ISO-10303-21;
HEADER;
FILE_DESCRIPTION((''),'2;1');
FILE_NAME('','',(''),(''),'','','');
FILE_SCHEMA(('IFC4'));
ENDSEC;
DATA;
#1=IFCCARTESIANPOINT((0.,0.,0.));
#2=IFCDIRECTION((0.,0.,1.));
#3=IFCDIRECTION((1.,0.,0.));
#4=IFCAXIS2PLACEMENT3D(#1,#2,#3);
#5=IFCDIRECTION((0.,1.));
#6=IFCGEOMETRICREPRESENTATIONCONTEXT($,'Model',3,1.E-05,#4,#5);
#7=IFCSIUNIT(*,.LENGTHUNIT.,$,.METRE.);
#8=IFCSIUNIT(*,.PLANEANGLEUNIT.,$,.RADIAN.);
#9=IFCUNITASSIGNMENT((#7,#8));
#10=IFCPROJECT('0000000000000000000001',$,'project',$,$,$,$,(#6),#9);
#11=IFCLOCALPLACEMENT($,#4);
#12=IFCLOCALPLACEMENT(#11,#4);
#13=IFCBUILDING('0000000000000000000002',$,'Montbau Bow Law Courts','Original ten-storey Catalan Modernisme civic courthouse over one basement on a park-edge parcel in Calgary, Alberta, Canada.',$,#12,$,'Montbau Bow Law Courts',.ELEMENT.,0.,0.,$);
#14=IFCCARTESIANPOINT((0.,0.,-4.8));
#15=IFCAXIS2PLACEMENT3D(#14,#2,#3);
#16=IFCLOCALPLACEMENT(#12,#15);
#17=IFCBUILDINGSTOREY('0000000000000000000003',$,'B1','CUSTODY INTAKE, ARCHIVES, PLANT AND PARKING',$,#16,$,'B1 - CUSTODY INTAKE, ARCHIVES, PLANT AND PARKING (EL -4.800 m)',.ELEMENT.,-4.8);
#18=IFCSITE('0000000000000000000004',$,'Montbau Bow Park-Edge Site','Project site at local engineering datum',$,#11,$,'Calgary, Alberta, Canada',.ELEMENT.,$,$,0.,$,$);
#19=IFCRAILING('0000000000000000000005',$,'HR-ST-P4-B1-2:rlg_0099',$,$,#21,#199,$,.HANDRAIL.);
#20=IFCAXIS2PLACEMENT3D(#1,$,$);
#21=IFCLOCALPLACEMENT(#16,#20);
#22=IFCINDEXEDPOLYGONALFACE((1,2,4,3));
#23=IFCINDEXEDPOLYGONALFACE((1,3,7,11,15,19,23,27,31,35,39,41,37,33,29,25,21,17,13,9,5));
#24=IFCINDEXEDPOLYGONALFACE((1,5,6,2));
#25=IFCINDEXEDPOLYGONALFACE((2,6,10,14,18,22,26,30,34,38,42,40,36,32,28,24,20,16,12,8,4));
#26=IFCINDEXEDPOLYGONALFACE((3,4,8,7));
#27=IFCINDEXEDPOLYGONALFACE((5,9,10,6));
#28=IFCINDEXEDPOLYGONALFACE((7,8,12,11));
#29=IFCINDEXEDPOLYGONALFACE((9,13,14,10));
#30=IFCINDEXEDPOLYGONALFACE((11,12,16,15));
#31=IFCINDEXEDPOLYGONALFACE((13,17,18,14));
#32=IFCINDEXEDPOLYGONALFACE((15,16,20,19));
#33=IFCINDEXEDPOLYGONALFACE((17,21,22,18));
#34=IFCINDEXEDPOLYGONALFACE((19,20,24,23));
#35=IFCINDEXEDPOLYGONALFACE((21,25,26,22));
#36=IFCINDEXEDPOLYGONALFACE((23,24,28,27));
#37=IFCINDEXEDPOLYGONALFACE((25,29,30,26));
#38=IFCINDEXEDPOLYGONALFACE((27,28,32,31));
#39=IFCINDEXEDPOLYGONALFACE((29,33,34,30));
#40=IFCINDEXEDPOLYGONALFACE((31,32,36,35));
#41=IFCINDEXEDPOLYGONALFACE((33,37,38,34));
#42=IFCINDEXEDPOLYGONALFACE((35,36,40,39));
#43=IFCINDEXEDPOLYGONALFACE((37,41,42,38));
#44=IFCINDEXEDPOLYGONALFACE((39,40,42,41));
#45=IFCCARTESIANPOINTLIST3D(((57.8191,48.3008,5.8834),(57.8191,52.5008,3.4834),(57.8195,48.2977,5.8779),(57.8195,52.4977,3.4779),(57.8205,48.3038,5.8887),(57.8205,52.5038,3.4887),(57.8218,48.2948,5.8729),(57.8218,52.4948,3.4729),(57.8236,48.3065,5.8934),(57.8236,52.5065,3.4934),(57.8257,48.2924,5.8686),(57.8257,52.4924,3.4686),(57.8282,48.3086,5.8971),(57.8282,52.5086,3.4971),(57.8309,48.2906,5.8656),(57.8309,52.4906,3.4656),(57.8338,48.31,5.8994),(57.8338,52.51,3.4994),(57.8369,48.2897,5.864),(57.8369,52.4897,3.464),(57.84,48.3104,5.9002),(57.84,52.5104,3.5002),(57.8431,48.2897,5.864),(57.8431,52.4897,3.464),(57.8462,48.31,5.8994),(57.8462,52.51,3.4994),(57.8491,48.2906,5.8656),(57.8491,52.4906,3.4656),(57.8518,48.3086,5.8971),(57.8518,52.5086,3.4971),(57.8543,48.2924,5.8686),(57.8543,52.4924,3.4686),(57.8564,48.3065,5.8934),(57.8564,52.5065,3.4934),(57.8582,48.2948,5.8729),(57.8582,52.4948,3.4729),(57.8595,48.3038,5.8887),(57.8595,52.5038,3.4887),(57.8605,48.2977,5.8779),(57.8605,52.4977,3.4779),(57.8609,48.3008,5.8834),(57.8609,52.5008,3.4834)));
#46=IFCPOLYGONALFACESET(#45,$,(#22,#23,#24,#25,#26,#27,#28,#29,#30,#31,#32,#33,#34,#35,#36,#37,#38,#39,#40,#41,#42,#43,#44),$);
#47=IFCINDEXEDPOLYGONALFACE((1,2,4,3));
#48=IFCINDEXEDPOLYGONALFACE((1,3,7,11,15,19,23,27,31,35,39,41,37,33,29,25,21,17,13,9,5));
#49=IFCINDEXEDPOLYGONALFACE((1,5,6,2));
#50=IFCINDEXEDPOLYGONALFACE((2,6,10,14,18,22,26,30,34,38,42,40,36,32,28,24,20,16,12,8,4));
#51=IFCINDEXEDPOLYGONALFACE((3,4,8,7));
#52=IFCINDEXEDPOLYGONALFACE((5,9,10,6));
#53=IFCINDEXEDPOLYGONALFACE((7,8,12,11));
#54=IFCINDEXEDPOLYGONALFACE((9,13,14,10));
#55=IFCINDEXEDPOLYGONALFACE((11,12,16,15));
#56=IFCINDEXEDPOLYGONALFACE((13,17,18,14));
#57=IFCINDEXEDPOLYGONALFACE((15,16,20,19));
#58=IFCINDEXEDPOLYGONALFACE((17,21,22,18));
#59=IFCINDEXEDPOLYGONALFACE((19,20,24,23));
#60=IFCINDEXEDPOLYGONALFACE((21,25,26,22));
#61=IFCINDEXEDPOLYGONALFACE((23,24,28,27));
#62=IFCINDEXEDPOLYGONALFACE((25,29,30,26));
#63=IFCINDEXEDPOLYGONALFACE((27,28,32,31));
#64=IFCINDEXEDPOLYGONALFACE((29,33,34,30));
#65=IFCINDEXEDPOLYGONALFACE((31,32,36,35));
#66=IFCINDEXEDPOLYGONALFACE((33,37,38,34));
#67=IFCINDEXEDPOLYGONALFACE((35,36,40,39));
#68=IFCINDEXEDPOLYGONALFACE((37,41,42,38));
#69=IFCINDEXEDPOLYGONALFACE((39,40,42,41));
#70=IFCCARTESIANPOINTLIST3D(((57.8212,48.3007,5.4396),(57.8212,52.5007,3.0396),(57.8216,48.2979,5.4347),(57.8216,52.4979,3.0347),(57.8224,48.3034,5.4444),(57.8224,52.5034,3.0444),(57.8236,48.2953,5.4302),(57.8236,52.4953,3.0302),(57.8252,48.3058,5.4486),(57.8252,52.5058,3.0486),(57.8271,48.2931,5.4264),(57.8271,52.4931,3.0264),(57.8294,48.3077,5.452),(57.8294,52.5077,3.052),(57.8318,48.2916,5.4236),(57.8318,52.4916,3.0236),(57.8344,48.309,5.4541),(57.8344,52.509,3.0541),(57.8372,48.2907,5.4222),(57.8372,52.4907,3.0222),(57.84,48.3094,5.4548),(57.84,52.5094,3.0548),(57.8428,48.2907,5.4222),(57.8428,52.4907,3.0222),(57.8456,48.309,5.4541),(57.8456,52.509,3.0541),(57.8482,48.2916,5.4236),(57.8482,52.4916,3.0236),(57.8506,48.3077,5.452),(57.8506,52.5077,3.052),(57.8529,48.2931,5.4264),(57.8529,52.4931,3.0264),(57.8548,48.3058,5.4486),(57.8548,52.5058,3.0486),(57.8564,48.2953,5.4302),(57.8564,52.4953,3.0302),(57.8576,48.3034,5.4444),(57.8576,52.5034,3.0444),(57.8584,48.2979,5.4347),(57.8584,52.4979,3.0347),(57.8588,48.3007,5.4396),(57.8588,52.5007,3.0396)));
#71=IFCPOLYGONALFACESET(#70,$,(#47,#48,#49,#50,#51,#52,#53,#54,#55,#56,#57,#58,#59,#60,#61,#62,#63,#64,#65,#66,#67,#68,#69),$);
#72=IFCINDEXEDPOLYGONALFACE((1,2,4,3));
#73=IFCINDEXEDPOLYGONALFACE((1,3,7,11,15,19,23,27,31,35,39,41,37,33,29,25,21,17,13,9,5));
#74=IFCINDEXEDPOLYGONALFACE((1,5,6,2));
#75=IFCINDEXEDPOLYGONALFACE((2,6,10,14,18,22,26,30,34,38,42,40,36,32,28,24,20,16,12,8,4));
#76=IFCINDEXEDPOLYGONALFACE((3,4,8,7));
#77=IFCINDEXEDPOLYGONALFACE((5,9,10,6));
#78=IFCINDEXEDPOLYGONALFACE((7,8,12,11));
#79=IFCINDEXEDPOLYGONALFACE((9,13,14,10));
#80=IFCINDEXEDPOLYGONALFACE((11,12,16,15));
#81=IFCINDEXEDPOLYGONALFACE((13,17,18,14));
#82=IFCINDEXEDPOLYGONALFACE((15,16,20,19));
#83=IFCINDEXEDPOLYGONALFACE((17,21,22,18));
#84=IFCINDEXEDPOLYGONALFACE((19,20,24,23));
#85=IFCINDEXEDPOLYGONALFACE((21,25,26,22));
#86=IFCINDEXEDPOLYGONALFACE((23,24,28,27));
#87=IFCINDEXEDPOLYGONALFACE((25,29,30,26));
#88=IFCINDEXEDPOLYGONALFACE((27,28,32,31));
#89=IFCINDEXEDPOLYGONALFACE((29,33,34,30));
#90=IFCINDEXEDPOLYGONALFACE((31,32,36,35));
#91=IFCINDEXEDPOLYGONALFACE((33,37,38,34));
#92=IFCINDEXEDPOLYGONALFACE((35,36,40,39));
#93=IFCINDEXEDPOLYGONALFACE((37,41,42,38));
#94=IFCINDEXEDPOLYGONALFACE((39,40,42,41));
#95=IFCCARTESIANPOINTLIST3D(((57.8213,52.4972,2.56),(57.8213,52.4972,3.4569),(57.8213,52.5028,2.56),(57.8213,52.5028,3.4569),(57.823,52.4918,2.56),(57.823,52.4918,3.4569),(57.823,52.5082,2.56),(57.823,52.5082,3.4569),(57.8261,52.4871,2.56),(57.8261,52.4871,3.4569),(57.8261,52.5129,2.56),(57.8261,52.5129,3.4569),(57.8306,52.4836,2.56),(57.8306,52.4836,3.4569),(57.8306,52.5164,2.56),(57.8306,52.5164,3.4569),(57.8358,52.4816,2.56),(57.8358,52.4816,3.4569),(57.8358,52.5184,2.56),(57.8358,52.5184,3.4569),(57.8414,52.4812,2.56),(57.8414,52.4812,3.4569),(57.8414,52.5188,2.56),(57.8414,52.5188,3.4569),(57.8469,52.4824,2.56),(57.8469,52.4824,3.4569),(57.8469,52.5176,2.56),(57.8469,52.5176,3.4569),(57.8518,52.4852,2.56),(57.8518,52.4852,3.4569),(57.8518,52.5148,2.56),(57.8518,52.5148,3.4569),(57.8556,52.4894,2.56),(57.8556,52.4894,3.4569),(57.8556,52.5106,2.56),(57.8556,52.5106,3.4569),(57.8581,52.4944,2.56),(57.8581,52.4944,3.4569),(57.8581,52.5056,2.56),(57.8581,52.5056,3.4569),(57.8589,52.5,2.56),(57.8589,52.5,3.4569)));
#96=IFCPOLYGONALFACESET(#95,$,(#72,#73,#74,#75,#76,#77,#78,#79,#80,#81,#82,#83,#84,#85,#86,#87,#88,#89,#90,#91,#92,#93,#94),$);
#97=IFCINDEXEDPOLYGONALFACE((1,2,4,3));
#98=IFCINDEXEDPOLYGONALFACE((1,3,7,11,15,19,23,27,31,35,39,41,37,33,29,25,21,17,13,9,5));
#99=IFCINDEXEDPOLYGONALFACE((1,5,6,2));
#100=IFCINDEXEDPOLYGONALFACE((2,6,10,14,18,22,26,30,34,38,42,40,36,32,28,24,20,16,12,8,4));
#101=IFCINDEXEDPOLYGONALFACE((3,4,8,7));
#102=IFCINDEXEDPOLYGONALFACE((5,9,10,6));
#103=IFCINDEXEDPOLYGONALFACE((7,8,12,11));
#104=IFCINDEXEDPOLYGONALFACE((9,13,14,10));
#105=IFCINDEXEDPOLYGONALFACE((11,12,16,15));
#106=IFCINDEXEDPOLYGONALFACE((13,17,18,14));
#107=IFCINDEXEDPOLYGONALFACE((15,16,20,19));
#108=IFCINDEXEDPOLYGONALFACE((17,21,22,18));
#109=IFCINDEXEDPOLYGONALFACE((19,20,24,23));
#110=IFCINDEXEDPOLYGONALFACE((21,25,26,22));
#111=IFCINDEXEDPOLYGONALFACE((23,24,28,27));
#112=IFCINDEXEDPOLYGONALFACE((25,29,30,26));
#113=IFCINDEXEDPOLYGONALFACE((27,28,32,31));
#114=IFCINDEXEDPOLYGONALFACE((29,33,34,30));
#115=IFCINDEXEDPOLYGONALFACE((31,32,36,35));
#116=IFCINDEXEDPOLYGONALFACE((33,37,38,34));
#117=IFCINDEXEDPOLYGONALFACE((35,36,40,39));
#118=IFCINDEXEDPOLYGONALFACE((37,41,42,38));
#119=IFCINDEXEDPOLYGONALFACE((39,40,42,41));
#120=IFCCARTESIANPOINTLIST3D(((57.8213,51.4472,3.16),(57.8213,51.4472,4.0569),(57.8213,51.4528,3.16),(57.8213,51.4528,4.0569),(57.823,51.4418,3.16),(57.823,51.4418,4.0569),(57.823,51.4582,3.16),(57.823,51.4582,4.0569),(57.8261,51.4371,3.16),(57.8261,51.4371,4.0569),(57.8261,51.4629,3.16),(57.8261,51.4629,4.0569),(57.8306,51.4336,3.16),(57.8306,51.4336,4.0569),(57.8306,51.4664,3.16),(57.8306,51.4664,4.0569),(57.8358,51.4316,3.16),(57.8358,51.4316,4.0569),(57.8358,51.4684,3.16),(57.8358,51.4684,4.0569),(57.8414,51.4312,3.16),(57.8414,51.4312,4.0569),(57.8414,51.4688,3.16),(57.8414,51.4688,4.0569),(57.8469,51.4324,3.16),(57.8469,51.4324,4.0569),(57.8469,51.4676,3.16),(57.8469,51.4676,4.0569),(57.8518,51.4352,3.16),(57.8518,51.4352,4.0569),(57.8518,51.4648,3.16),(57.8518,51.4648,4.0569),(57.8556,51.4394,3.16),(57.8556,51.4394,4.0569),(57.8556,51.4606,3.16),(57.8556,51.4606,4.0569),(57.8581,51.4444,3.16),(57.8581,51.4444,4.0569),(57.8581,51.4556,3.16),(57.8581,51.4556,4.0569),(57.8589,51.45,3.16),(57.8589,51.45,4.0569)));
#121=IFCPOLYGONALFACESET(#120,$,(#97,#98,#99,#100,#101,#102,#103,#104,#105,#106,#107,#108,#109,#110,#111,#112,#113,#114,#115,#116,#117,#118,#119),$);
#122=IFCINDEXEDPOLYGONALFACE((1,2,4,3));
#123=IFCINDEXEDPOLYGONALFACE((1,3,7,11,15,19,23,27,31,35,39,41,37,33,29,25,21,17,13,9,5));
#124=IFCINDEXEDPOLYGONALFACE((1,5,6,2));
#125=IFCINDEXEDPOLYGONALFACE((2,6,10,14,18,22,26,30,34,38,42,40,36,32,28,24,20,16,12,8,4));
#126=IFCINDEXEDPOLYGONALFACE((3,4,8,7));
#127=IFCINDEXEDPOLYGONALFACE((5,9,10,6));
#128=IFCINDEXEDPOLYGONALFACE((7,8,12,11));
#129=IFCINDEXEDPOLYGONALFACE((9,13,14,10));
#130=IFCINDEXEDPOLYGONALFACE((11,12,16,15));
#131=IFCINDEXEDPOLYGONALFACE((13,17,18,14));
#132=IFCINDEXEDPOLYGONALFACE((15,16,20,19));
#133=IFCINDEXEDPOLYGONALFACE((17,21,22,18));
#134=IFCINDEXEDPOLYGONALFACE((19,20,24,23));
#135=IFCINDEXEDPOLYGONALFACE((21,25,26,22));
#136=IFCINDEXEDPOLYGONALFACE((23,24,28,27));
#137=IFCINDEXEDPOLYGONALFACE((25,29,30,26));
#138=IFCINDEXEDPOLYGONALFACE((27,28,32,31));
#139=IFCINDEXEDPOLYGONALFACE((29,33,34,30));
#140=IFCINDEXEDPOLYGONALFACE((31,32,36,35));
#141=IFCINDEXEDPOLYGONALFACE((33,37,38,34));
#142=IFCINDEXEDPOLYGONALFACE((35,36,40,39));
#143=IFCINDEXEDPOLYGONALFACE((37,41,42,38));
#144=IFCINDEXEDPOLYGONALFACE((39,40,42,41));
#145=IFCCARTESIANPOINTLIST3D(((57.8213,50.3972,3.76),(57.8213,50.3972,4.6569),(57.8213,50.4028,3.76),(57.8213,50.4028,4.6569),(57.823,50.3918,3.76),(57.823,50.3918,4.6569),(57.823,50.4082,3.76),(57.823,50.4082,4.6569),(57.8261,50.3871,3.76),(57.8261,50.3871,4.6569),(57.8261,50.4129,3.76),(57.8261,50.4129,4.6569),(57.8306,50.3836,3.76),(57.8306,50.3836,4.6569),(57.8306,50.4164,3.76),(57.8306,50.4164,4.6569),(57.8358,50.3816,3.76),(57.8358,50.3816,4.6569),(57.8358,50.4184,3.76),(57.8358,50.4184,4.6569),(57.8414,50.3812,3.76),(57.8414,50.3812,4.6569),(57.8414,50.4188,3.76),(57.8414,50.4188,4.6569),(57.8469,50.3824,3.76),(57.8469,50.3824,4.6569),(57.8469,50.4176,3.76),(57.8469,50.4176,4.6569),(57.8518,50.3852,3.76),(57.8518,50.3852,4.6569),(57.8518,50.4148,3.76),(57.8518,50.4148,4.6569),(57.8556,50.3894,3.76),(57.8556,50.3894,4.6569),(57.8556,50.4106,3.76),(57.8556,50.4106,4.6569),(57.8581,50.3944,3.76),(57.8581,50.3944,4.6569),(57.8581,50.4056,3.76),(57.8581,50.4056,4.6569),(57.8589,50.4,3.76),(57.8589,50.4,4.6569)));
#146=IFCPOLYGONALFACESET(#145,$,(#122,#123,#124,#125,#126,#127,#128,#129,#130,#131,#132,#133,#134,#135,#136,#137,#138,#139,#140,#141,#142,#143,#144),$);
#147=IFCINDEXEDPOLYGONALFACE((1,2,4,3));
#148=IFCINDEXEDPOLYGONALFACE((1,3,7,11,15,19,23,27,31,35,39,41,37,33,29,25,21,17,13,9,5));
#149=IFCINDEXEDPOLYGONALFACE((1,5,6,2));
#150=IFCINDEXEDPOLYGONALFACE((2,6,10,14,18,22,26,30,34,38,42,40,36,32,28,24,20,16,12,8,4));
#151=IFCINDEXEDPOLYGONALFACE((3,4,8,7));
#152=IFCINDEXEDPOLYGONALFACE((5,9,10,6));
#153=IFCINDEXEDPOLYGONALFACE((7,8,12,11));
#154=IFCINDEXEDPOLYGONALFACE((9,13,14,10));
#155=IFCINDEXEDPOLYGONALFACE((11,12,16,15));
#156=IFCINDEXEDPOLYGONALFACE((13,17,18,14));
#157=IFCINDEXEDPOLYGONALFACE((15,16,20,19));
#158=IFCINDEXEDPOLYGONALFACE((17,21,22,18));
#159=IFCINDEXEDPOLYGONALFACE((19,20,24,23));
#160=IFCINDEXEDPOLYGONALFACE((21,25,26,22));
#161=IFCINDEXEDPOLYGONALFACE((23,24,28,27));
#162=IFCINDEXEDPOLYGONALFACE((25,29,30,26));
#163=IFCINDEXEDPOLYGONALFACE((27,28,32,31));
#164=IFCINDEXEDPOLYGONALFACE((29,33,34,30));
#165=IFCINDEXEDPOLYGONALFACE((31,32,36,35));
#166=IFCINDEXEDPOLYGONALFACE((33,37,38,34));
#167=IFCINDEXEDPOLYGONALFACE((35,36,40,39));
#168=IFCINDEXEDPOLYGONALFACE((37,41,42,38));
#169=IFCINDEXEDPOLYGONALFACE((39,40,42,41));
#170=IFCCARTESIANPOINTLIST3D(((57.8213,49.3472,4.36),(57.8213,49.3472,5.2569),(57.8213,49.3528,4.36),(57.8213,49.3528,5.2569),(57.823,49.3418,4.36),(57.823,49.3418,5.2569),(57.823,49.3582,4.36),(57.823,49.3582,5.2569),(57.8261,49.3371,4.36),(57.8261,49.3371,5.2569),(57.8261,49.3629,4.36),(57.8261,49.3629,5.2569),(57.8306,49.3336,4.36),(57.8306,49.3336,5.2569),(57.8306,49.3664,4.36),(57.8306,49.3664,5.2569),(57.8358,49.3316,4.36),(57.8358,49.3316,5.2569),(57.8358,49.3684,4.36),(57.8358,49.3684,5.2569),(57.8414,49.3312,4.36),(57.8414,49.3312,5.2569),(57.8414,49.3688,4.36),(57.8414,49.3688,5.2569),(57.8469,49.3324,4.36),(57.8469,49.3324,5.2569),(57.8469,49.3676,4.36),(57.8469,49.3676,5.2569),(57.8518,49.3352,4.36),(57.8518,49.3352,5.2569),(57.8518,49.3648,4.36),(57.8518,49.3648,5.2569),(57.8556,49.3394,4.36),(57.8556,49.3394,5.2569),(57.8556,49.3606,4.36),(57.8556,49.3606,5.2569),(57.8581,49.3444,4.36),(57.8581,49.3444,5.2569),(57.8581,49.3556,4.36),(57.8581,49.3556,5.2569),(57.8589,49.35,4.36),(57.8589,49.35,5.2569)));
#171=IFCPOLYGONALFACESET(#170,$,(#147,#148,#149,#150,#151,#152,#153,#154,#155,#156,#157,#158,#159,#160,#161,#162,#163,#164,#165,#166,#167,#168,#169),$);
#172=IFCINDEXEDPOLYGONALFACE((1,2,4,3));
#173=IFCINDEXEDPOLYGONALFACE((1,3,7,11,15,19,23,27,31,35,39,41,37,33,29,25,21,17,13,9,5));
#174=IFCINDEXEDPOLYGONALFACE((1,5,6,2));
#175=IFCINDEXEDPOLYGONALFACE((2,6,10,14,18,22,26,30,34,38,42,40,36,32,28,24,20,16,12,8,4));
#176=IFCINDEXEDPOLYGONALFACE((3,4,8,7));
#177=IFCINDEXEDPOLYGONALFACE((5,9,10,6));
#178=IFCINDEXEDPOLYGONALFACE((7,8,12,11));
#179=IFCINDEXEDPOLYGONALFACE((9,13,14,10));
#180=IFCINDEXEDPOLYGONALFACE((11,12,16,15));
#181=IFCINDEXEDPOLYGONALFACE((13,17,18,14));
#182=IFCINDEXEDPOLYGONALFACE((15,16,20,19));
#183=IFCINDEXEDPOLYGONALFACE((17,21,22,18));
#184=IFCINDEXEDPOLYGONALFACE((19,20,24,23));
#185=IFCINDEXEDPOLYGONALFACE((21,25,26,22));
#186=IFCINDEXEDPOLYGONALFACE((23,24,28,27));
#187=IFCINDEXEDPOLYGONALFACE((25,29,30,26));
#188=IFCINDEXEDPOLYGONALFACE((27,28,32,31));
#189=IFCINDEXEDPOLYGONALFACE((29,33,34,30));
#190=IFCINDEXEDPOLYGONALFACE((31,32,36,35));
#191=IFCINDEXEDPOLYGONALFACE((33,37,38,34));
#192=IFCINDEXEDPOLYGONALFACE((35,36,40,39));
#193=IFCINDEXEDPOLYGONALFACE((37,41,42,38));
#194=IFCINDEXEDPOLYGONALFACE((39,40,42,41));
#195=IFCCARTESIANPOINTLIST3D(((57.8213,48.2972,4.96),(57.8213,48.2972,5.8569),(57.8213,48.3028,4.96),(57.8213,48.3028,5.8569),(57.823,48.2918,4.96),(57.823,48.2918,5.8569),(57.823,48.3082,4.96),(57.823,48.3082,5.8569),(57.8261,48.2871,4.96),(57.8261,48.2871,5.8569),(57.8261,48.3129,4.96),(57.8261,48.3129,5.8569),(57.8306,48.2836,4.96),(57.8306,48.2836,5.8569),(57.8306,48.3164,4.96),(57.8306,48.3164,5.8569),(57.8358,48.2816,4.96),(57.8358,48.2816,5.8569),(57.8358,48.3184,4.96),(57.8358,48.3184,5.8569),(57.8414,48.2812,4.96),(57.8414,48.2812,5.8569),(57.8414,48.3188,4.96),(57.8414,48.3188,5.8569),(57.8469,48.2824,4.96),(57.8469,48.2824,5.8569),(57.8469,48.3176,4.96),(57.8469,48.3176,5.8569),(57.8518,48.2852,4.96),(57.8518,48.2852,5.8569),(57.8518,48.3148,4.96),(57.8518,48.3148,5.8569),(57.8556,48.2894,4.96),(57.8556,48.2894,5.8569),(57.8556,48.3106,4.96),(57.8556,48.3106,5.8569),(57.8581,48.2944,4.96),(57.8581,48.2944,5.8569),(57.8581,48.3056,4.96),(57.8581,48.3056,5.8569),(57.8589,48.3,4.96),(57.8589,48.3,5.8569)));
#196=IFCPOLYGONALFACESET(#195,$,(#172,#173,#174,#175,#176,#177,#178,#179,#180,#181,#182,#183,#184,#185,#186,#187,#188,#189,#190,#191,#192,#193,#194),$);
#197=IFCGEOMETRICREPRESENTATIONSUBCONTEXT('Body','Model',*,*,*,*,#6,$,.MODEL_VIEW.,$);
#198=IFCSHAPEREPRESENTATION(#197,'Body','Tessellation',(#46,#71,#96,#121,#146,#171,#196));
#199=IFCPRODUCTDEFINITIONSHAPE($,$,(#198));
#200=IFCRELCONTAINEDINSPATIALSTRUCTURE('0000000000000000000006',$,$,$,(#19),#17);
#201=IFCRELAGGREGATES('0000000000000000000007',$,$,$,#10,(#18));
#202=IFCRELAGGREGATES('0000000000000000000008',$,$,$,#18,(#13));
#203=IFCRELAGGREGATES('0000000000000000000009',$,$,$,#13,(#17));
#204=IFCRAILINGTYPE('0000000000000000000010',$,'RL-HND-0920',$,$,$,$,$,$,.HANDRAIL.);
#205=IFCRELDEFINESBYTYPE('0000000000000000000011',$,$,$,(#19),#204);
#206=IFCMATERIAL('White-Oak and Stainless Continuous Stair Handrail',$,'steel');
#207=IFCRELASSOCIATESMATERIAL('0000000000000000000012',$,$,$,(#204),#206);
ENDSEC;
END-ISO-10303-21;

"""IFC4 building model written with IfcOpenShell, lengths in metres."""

from ifc_helpers import new_model, si_unit, direction, frame, origin_with_axes, origin_2d_with_axis, place, context, subcontext, project, spatial, circle, extrude, material, type_object, element, save


model = new_model("IFC4")

# Units and contexts
model_context = context("Model", 3, precision=1e-05, world=origin_with_axes(), true_north=direction((0.0, 1.0)))
body_context = subcontext(model_context, "Body", "Model", "MODEL_VIEW")
ifc_project = project(units=[si_unit("LENGTHUNIT", "METRE"), si_unit("PLANEANGLEUNIT", "RADIAN")], contexts=[model_context])

# Site, building, storey
site_placement = place(None, origin_with_axes())
site = spatial("IfcSite", under=ifc_project, at=site_placement, Name="Montbau Bow Park-Edge Site", Description="Project site at local engineering datum", LongName="Calgary, Alberta, Canada", CompositionType="ELEMENT", RefElevation=0.0)
building_placement = place(site_placement, origin_with_axes())
building = spatial("IfcBuilding", under=site, at=building_placement, Name="Montbau Bow Law Courts", Description="Original ten-storey Catalan Modernisme civic courthouse over one basement on a park-edge parcel in Calgary, Alberta, Canada.", LongName="Montbau Bow Law Courts", CompositionType="ELEMENT", ElevationOfRefHeight=0.0, ElevationOfTerrain=0.0)
storey_placement = place(building_placement, frame((0.0, 0.0, -4.8), z_axis=(0.0, 0.0, 1.0), x_axis=(1.0, 0.0, 0.0)))
storey = spatial("IfcBuildingStorey", under=building, at=storey_placement, Name="B1", Description="CUSTODY INTAKE, ARCHIVES, PLANT AND PARKING", LongName="B1 - CUSTODY INTAKE, ARCHIVES, PLANT AND PARKING (EL -4.800 m)", CompositionType="ELEMENT", Elevation=-4.8)

# Railing
ifc_material_1 = material(Name="White-Oak and Stainless Continuous Stair Handrail", Category="steel")
railing_type_1 = type_object("IfcRailingType", Name="RL-HND-0920", PredefinedType="HANDRAIL", material=ifc_material_1)
railing_1_placement = place(None, origin_with_axes())
element("IfcRailing", 1, at=railing_1_placement, inside=storey, type_object=railing_type_1, Name="HR-ST-P4-B1-2:rlg_0099", PredefinedType="HANDRAIL", context=body_context, shape_type="SweptSolid", body=[
    extrude(circle(Radius=0.021, at=origin_2d_with_axis()), frame((57.84, 52.5, -1.318), z_axis=(0.0, -0.868243, 0.496139), x_axis=(0.0, 0.496139, 0.868243)), (0.0, 0.0, 1.0), 4.8374),
    extrude(circle(Radius=0.0189, at=origin_2d_with_axis()), frame((57.84, 52.5, -1.7616), z_axis=(0.0, -0.868243, 0.496139), x_axis=(0.0, 0.496139, 0.868243)), (0.0, 0.0, 1.0), 4.8374),
    extrude(circle(Radius=0.0189, at=origin_2d_with_axis()), frame((57.84, 52.5, -2.24), z_axis=(0.0, 0.0, 1.0), x_axis=(1.0, 0.0, 0.0)), (0.0, 0.0, 1.0), 0.8969),
    extrude(circle(Radius=0.0189, at=origin_2d_with_axis()), frame((57.84, 51.45, -1.64), z_axis=(0.0, 0.0, 1.0), x_axis=(1.0, 0.0, 0.0)), (0.0, 0.0, 1.0), 0.8969),
    extrude(circle(Radius=0.0189, at=origin_2d_with_axis()), frame((57.84, 50.4, -1.04), z_axis=(0.0, 0.0, 1.0), x_axis=(1.0, 0.0, 0.0)), (0.0, 0.0, 1.0), 0.8969),
    extrude(circle(Radius=0.0189, at=origin_2d_with_axis()), frame((57.84, 49.35, -0.44), z_axis=(0.0, 0.0, 1.0), x_axis=(1.0, 0.0, 0.0)), (0.0, 0.0, 1.0), 0.8969),
    extrude(circle(Radius=0.0189, at=origin_2d_with_axis()), frame((57.84, 48.3, 0.16), z_axis=(0.0, 0.0, 1.0), x_axis=(1.0, 0.0, 0.0)), (0.0, 0.0, 1.0), 0.8969),
])

save(model, "model.ifc")
